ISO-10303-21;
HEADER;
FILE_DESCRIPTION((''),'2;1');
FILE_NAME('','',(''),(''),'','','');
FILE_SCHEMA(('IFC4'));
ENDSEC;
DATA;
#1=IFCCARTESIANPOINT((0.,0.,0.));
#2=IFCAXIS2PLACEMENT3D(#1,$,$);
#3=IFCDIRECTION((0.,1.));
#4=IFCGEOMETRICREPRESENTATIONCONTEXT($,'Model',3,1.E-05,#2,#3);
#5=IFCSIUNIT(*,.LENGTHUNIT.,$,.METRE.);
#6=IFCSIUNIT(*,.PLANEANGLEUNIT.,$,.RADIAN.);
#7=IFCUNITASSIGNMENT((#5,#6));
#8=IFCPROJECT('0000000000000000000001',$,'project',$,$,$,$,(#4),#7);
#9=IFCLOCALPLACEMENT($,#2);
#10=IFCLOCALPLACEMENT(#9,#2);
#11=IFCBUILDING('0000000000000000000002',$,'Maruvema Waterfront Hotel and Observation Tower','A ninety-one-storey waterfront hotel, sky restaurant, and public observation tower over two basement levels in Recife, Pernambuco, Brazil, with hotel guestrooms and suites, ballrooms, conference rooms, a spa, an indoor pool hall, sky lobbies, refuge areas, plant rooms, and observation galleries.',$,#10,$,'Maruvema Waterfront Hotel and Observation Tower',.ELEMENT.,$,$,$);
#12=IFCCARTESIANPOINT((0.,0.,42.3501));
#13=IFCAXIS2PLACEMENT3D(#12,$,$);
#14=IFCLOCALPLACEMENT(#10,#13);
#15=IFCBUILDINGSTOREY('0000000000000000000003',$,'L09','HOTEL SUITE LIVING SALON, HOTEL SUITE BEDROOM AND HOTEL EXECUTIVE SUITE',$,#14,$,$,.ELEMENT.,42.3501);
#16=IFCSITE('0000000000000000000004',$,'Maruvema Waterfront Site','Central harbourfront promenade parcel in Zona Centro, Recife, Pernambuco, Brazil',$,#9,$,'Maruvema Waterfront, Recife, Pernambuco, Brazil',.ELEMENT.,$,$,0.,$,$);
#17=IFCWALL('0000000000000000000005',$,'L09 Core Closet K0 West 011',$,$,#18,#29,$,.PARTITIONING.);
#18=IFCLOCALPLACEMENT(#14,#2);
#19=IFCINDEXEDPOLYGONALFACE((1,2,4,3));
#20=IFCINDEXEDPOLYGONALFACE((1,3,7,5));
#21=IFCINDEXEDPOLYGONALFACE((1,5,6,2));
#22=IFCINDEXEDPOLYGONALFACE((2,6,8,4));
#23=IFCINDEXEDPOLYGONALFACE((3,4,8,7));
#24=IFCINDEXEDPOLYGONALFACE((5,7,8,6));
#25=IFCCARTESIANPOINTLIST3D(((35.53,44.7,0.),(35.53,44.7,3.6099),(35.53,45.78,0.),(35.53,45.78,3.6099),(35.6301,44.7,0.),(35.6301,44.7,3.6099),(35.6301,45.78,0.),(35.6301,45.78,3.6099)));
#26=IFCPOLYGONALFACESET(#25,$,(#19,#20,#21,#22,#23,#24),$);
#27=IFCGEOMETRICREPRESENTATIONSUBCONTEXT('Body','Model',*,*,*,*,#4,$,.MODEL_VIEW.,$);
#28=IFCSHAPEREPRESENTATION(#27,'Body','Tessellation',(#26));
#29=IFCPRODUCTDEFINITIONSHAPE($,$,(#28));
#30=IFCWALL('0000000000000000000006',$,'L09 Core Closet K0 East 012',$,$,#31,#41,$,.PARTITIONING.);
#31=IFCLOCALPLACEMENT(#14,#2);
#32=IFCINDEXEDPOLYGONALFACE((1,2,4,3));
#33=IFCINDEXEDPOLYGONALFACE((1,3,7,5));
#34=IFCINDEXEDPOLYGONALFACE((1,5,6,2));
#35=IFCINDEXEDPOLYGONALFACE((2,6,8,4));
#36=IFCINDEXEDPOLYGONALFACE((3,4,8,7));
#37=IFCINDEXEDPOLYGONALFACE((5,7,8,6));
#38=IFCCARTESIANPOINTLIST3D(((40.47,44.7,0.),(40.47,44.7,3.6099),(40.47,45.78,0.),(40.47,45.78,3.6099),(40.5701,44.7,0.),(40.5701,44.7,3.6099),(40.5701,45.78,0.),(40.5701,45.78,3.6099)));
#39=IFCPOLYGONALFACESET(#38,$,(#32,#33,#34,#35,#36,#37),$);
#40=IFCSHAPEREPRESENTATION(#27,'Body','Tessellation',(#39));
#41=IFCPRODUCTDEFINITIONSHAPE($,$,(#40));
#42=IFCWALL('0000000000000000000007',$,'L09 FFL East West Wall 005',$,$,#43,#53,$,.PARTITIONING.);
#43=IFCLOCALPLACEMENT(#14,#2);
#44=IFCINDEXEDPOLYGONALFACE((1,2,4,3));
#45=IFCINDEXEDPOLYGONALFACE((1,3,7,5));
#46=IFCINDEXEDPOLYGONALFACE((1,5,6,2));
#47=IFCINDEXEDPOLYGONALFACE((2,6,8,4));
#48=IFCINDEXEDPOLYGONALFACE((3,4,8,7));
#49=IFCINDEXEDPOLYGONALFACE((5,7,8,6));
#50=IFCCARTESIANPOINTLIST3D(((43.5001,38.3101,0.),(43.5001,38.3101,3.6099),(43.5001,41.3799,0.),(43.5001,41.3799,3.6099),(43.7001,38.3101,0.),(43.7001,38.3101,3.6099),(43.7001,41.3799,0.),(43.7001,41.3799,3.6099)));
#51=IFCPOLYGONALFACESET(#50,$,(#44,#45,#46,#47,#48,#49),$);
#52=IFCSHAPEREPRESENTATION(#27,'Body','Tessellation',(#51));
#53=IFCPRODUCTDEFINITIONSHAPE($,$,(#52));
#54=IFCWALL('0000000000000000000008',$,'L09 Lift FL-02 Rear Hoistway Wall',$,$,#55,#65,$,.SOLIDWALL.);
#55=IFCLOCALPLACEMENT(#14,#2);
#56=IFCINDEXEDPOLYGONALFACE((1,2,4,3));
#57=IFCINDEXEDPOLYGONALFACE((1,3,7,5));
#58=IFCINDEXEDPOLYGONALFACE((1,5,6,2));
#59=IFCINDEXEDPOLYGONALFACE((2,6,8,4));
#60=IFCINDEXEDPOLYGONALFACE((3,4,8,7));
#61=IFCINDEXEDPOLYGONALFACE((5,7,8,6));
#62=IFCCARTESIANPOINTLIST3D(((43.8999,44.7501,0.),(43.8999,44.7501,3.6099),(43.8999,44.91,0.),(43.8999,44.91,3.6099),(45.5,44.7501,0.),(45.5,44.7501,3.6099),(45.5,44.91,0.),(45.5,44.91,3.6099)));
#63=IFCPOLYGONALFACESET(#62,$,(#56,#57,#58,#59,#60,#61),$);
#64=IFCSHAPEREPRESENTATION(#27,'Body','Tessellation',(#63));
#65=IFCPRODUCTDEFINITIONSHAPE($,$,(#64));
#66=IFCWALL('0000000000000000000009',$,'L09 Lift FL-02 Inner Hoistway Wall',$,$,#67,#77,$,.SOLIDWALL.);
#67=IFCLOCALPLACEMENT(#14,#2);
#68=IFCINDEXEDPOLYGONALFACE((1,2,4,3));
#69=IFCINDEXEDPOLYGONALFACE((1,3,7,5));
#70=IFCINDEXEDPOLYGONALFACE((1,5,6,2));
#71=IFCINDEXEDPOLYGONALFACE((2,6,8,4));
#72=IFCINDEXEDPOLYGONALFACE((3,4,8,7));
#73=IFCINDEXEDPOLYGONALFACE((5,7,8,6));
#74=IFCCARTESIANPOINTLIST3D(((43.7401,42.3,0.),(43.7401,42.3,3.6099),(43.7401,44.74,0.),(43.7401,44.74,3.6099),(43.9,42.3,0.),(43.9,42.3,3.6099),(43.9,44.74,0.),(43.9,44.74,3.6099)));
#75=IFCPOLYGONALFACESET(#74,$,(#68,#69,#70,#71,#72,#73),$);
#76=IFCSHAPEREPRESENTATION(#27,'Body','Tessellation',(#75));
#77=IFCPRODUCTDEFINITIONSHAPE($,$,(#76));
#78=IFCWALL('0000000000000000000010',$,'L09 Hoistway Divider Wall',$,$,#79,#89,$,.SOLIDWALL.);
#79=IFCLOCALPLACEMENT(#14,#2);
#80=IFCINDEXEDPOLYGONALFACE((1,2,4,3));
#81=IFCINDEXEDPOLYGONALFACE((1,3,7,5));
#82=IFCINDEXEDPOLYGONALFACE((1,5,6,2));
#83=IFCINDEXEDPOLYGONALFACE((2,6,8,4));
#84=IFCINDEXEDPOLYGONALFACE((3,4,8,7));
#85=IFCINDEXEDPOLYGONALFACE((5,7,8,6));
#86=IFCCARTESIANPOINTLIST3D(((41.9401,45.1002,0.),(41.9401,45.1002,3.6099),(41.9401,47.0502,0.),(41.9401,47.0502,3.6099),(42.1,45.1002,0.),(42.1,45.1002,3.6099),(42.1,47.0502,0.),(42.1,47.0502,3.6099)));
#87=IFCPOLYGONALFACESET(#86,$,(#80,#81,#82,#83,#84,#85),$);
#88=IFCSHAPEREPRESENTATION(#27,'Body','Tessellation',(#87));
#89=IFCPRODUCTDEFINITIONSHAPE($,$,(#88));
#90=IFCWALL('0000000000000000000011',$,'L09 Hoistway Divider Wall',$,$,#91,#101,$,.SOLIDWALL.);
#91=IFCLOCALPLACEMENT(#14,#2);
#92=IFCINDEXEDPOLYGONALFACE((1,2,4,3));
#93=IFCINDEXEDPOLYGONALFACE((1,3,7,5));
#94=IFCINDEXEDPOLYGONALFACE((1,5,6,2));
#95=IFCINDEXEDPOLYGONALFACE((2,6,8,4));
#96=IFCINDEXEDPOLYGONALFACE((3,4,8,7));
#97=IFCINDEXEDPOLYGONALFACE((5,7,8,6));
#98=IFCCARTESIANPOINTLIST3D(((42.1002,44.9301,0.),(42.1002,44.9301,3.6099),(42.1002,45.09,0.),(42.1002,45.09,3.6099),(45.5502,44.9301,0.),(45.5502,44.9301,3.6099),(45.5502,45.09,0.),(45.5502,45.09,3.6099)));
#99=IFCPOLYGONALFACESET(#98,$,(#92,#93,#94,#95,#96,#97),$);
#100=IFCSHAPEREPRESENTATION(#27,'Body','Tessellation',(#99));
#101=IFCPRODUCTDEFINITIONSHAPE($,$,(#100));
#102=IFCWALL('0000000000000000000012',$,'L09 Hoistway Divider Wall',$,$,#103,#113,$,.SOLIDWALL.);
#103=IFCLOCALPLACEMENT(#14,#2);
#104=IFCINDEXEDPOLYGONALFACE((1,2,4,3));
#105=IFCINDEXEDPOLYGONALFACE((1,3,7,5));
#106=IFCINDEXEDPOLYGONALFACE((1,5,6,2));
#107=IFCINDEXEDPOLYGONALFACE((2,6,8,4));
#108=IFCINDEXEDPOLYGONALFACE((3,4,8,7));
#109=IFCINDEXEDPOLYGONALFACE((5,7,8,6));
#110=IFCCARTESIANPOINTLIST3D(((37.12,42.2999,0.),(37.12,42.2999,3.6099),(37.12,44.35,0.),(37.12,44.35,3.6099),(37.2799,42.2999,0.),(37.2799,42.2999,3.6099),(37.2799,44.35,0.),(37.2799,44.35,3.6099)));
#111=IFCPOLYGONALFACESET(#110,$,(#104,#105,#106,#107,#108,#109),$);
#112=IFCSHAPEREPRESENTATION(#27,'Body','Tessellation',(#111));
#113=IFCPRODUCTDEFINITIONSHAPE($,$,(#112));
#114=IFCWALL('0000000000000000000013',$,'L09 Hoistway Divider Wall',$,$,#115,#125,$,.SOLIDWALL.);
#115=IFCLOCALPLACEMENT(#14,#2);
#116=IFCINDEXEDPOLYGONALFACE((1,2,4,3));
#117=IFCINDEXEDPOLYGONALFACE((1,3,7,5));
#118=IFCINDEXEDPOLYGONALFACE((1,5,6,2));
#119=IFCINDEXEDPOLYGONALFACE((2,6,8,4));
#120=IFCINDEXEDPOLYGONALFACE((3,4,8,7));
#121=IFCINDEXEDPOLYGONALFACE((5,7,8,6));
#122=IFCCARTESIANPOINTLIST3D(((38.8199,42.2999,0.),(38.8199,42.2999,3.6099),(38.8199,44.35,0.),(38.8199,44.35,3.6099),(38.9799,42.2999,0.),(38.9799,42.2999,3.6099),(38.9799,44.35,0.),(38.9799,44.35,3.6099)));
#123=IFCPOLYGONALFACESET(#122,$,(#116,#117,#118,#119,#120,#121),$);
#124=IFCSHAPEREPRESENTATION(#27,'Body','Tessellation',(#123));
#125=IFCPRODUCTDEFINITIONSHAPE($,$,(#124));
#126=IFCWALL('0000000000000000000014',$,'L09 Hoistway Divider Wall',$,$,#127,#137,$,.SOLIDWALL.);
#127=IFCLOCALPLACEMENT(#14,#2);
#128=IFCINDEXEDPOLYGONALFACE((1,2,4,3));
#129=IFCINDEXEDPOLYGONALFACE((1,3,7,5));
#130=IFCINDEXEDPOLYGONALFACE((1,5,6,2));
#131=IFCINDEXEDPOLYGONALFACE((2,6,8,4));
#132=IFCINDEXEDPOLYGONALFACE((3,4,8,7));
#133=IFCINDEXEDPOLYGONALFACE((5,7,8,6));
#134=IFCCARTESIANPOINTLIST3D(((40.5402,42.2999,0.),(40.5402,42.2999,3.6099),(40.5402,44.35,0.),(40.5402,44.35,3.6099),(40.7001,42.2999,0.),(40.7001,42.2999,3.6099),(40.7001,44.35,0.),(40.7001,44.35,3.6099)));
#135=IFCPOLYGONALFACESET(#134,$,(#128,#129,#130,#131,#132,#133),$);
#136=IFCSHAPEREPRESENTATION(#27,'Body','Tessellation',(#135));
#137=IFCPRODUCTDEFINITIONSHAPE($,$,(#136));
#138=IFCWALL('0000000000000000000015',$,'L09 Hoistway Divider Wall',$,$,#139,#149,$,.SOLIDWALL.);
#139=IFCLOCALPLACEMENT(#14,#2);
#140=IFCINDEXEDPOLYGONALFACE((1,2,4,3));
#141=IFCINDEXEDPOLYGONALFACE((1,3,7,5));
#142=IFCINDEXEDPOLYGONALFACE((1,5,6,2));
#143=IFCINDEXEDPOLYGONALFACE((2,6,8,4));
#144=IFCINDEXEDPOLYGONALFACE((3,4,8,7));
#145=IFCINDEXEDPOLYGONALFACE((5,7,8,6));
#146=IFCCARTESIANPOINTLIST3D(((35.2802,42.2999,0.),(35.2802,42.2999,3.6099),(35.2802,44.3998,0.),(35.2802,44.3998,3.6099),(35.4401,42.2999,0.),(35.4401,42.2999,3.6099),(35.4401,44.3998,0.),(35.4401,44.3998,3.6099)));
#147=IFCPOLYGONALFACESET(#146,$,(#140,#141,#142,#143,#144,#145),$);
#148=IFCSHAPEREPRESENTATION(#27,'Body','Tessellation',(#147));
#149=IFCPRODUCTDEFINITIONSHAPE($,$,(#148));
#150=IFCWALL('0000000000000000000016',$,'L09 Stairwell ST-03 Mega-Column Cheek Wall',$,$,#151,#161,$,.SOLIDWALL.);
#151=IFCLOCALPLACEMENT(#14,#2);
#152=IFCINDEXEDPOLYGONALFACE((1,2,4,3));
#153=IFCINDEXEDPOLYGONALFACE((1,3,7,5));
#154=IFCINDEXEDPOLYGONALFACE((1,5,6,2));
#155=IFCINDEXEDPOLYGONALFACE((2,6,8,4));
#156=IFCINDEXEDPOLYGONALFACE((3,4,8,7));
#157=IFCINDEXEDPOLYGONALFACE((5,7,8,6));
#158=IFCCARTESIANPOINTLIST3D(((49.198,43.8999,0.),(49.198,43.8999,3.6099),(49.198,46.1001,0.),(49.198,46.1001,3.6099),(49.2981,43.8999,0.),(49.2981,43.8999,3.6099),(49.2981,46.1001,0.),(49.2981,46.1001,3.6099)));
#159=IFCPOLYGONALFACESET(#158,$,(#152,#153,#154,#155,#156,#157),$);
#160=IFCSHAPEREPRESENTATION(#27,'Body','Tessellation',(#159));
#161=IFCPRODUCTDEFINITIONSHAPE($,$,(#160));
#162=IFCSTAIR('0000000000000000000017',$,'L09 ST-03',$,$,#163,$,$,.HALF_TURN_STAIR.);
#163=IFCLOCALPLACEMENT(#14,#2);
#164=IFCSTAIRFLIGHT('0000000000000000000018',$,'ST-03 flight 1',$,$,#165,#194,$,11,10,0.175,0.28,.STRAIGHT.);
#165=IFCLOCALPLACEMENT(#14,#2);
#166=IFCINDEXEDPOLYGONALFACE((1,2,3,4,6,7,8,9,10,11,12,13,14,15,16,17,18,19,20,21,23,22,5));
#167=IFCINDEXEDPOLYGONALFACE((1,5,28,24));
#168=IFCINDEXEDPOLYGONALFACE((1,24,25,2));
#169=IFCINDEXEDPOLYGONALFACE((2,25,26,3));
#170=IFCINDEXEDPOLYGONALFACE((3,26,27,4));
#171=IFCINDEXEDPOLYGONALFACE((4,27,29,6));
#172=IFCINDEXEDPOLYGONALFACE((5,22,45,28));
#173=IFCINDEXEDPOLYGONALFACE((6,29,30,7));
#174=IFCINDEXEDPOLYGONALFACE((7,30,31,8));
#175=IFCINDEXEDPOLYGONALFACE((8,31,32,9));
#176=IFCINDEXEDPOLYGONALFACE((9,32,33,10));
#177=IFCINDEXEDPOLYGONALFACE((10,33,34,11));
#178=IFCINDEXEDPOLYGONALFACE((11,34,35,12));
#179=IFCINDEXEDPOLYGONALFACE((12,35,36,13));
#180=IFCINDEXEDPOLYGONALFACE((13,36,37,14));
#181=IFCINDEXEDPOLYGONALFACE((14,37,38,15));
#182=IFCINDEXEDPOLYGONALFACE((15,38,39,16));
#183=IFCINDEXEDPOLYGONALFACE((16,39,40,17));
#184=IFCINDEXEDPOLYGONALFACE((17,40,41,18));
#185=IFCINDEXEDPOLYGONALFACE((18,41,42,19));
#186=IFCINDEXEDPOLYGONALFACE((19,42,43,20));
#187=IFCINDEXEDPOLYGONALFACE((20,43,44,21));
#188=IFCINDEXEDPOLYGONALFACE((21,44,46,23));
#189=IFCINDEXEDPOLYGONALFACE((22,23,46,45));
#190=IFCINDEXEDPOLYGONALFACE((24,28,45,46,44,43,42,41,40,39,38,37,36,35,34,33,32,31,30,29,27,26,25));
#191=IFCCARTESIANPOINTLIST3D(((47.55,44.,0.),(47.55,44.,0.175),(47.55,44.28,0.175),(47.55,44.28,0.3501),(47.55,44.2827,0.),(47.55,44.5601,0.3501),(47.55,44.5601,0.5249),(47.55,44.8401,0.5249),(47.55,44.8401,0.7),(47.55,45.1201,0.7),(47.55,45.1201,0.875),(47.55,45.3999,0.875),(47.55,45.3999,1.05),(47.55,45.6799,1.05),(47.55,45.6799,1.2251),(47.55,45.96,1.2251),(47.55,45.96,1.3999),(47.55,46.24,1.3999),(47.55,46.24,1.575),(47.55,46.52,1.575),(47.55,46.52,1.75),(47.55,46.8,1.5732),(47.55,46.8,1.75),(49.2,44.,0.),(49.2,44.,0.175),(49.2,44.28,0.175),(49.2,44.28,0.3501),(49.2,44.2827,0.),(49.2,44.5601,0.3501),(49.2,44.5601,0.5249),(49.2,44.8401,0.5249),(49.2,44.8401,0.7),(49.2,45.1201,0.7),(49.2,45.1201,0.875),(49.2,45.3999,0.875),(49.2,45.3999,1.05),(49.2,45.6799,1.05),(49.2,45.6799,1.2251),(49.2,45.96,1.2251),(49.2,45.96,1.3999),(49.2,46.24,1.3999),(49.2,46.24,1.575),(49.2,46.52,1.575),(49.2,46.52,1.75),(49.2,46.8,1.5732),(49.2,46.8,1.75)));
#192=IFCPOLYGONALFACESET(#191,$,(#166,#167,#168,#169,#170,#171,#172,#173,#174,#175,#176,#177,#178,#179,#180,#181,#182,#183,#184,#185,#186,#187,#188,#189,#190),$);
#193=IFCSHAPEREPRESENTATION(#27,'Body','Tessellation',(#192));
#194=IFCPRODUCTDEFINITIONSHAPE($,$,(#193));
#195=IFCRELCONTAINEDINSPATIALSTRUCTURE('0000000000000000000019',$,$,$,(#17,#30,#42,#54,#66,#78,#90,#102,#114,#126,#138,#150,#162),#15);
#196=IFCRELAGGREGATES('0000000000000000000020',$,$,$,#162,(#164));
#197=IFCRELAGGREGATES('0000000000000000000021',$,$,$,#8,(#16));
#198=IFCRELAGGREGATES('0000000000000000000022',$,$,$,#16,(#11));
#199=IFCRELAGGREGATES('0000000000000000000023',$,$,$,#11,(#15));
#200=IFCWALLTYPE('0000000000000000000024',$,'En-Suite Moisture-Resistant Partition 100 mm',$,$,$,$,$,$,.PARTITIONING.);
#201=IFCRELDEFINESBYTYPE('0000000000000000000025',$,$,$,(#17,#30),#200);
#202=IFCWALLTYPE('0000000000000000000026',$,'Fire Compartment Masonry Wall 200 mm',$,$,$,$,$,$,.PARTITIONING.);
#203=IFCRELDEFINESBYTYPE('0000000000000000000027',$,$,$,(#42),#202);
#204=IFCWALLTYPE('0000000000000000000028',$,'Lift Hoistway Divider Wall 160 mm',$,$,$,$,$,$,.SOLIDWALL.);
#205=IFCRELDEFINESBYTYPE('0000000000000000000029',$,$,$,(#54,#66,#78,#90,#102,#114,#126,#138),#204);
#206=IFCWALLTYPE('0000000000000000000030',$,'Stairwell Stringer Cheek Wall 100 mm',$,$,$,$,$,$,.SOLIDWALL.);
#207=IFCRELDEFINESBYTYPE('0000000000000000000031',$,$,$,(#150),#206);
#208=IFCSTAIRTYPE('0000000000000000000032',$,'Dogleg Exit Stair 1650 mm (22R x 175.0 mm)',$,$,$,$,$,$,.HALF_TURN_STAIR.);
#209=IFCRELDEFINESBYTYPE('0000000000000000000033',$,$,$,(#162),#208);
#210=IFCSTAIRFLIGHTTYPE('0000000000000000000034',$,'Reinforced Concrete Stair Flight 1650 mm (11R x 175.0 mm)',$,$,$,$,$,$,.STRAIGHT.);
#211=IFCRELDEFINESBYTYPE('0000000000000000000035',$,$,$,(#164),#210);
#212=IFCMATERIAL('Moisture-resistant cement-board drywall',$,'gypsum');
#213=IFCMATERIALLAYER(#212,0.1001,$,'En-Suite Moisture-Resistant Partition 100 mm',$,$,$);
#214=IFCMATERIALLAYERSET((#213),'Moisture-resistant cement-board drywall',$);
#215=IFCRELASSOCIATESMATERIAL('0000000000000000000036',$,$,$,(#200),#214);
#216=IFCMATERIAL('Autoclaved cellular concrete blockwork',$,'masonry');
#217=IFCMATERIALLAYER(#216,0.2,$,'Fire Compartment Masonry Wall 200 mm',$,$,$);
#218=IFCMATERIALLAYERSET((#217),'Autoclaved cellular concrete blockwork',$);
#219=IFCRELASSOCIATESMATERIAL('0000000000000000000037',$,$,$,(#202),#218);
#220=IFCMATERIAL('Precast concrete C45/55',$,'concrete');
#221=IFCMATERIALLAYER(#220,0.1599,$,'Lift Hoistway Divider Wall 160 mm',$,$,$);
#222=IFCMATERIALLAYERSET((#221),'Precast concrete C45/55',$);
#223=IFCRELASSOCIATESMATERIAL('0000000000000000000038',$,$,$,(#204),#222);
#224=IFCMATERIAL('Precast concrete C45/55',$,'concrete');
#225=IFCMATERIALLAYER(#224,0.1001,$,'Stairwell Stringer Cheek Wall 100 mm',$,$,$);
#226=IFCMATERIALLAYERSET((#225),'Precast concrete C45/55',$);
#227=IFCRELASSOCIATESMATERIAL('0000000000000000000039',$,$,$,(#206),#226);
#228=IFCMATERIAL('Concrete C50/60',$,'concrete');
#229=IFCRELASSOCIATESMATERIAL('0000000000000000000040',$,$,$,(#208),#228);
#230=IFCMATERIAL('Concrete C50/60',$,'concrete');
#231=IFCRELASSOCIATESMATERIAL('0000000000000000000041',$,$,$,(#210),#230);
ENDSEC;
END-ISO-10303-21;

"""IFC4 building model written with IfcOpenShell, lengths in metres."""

from ifc_helpers import new_model, si_unit, direction, frame, frame_2d, origin, place, context, subcontext, project, spatial, polyline, rectangle, outline, extrude, material, layer, layer_set, type_object, element, aggregate, save


model = new_model("IFC4")

# Units and contexts
model_context = context("Model", 3, precision=1e-05, world=origin(), true_north=direction((0.0, 1.0)))
body_context = subcontext(model_context, "Body", "Model", "MODEL_VIEW")
ifc_project = project(units=[si_unit("LENGTHUNIT", "METRE"), si_unit("PLANEANGLEUNIT", "RADIAN")], contexts=[model_context])

# Site, building, storey
site_placement = place(None, origin())
site = spatial("IfcSite", under=ifc_project, at=site_placement, Name="Maruvema Waterfront Site", Description="Central harbourfront promenade parcel in Zona Centro, Recife, Pernambuco, Brazil", LongName="Maruvema Waterfront, Recife, Pernambuco, Brazil", CompositionType="ELEMENT", RefElevation=0.0)
building_placement = place(site_placement, origin())
building = spatial("IfcBuilding", under=site, at=building_placement, Name="Maruvema Waterfront Hotel and Observation Tower", Description="A ninety-one-storey waterfront hotel, sky restaurant, and public observation tower over two basement levels in Recife, Pernambuco, Brazil, with hotel guestrooms and suites, ballrooms, conference rooms, a spa, an indoor pool hall, sky lobbies, refuge areas, plant rooms, and observation galleries.", LongName="Maruvema Waterfront Hotel and Observation Tower", CompositionType="ELEMENT")
storey_placement = place(building_placement, frame((0.0, 0.0, 42.3501)))
storey = spatial("IfcBuildingStorey", under=building, at=storey_placement, Name="L09", Description="HOTEL SUITE LIVING SALON, HOTEL SUITE BEDROOM AND HOTEL EXECUTIVE SUITE", CompositionType="ELEMENT", Elevation=42.3501)

# Walls
ifc_material_1 = material(Name="Moisture-resistant cement-board drywall", Category="gypsum")
ifc_layer_1 = layer(ifc_material_1, 0.1001, Name="En-Suite Moisture-Resistant Partition 100 mm")
ifc_layer_set_1 = layer_set([ifc_layer_1], Name="Moisture-resistant cement-board drywall")
wall_type_1 = type_object("IfcWallType", Name="En-Suite Moisture-Resistant Partition 100 mm", PredefinedType="PARTITIONING", material=ifc_layer_set_1)
for number, where, z_axis, x_axis, name in (
    (1, (35.5801, 44.7, 0.0), (0.0, 0.0, 1.0), (0.0, 1.0, 0.0), "L09 Core Closet K0 West 011"),
    (2, (40.52, 44.7, 0.0), (0.0, 0.0, 1.0), (0.0, 1.0, 0.0), "L09 Core Closet K0 East 012"),
):
    element("IfcWall", number, at=place(storey_placement, frame(where, z_axis=z_axis, x_axis=x_axis)), inside=storey, type_object=wall_type_1, Name=name, PredefinedType="PARTITIONING", context=body_context, shape_type="SweptSolid", body=[
        extrude(rectangle(XDim=1.0801, YDim=0.1001, at=frame_2d((0.54, 0.0))), origin(), (0.0, 0.0, 1.0), 3.6099),
    ])

# Shared definitions
ifc_material_2 = material(Name="Autoclaved cellular concrete blockwork", Category="masonry")
ifc_layer_2 = layer(ifc_material_2, 0.2, Name="Fire Compartment Masonry Wall 200 mm")
ifc_layer_set_2 = layer_set([ifc_layer_2], Name="Autoclaved cellular concrete blockwork")
wall_type_2 = type_object("IfcWallType", Name="Fire Compartment Masonry Wall 200 mm", PredefinedType="PARTITIONING", material=ifc_layer_set_2)

# Walls
wall_1_placement = place(storey_placement, frame((43.6001, 38.3101, 0.0), z_axis=(0.0, 0.0, 1.0), x_axis=(0.0, 1.0, 0.0)))
element("IfcWall", 3, at=wall_1_placement, inside=storey, type_object=wall_type_2, Name="L09 FFL East West Wall 005", PredefinedType="PARTITIONING", context=body_context, shape_type="SweptSolid", body=[
    extrude(rectangle(XDim=3.0698, YDim=0.2, at=frame_2d((1.5349, 0.0))), origin(), (0.0, 0.0, 1.0), 3.6099),
])
ifc_material_3 = material(Name="Precast concrete C45/55", Category="concrete")
ifc_layer_3 = layer(ifc_material_3, 0.1599, Name="Lift Hoistway Divider Wall 160 mm")
ifc_layer_set_3 = layer_set([ifc_layer_3], Name="Precast concrete C45/55")
wall_type_3 = type_object("IfcWallType", Name="Lift Hoistway Divider Wall 160 mm", PredefinedType="SOLIDWALL", material=ifc_layer_set_3)
wall_2_placement = place(storey_placement, frame((43.8999, 44.8301, 0.0), z_axis=(0.0, 0.0, 1.0), x_axis=(1.0, 0.0, 0.0)))
element("IfcWall", 4, at=wall_2_placement, inside=storey, type_object=wall_type_3, Name="L09 Lift FL-02 Rear Hoistway Wall", PredefinedType="SOLIDWALL", context=body_context, shape_type="SweptSolid", body=[
    extrude(rectangle(XDim=1.6001, YDim=0.1599, at=frame_2d((0.8, 0.0))), origin(), (0.0, 0.0, 1.0), 3.6099),
])
wall_3_placement = place(storey_placement, frame((43.8201, 42.3, 0.0), z_axis=(0.0, 0.0, 1.0), x_axis=(0.0, 1.0, 0.0)))
element("IfcWall", 5, at=wall_3_placement, inside=storey, type_object=wall_type_3, Name="L09 Lift FL-02 Inner Hoistway Wall", PredefinedType="SOLIDWALL", context=body_context, shape_type="SweptSolid", body=[
    extrude(rectangle(XDim=2.4399, YDim=0.1599, at=frame_2d((1.22, 0.0))), origin(), (0.0, 0.0, 1.0), 3.6099),
])
wall_4_placement = place(storey_placement, frame((42.02, 45.1001, 0.0), z_axis=(0.0, 0.0, 1.0), x_axis=(0.0, 1.0, 0.0)))
element("IfcWall", 6, at=wall_4_placement, inside=storey, type_object=wall_type_3, Name="L09 Hoistway Divider Wall", PredefinedType="SOLIDWALL", context=body_context, shape_type="SweptSolid", body=[
    extrude(rectangle(XDim=1.95, YDim=0.1599, at=frame_2d((0.9751, 0.0))), origin(), (0.0, 0.0, 1.0), 3.6099),
])
wall_5_placement = place(storey_placement, frame((42.1001, 45.01, 0.0), z_axis=(0.0, 0.0, 1.0), x_axis=(1.0, 0.0, 0.0)))
element("IfcWall", 7, at=wall_5_placement, inside=storey, type_object=wall_type_3, Name="L09 Hoistway Divider Wall", PredefinedType="SOLIDWALL", context=body_context, shape_type="SweptSolid", body=[
    extrude(rectangle(XDim=3.45, YDim=0.1599, at=frame_2d((1.7251, 0.0))), origin(), (0.0, 0.0, 1.0), 3.6099),
])
for number, where, z_axis, x_axis, name in (
    (8, (37.2, 42.3, 0.0), (0.0, 0.0, 1.0), (0.0, 1.0, 0.0), "L09 Hoistway Divider Wall"),
    (9, (38.8999, 42.3, 0.0), (0.0, 0.0, 1.0), (0.0, 1.0, 0.0), "L09 Hoistway Divider Wall"),
    (10, (40.6201, 42.3, 0.0), (0.0, 0.0, 1.0), (0.0, 1.0, 0.0), "L09 Hoistway Divider Wall"),
):
    element("IfcWall", number, at=place(storey_placement, frame(where, z_axis=z_axis, x_axis=x_axis)), inside=storey, type_object=wall_type_3, Name=name, PredefinedType="SOLIDWALL", context=body_context, shape_type="SweptSolid", body=[
        extrude(rectangle(XDim=2.05, YDim=0.1599, at=frame_2d((1.0249, 0.0))), origin(), (0.0, 0.0, 1.0), 3.6099),
    ])
wall_6_placement = place(storey_placement, frame((35.3601, 42.3, 0.0), z_axis=(0.0, 0.0, 1.0), x_axis=(0.0, 1.0, 0.0)))
element("IfcWall", 11, at=wall_6_placement, inside=storey, type_object=wall_type_3, Name="L09 Hoistway Divider Wall", PredefinedType="SOLIDWALL", context=body_context, shape_type="SweptSolid", body=[
    extrude(rectangle(XDim=2.0999, YDim=0.1599, at=frame_2d((1.0498, 0.0))), origin(), (0.0, 0.0, 1.0), 3.6099),
])
ifc_material_4 = material(Name="Precast concrete C45/55", Category="concrete")
ifc_layer_4 = layer(ifc_material_4, 0.1001, Name="Stairwell Stringer Cheek Wall 100 mm")
ifc_layer_set_4 = layer_set([ifc_layer_4], Name="Precast concrete C45/55")
wall_type_4 = type_object("IfcWallType", Name="Stairwell Stringer Cheek Wall 100 mm", PredefinedType="SOLIDWALL", material=ifc_layer_set_4)
wall_7_placement = place(storey_placement, frame((49.248, 43.8999, 0.0), z_axis=(0.0, 0.0, 1.0), x_axis=(0.0, 1.0, 0.0)))
element("IfcWall", 12, at=wall_7_placement, inside=storey, type_object=wall_type_4, Name="L09 Stairwell ST-03 Mega-Column Cheek Wall", PredefinedType="SOLIDWALL", context=body_context, shape_type="SweptSolid", body=[
    extrude(rectangle(XDim=2.2002, YDim=0.1001, at=frame_2d((1.1001, 0.0))), origin(), (0.0, 0.0, 1.0), 3.6099),
])

# Stair, stair flight
ifc_material_5 = material(Name="Concrete C50/60", Category="concrete")
stair_type = type_object("IfcStairType", Name="Dogleg Exit Stair 1650 mm (22R x 175.0 mm)", PredefinedType="HALF_TURN_STAIR", material=ifc_material_5)
stair_placement = place(storey_placement, origin())
stair = element("IfcStair", 13, at=stair_placement, inside=storey, type_object=stair_type, Name="L09 ST-03", PredefinedType="HALF_TURN_STAIR")
ifc_material_6 = material(Name="Concrete C50/60", Category="concrete")
stair_flight_type = type_object("IfcStairFlightType", Name="Reinforced Concrete Stair Flight 1650 mm (11R x 175.0 mm)", PredefinedType="STRAIGHT", material=ifc_material_6)
stair_flight_placement = place(storey_placement, frame((48.375, 44.0, 0.0), z_axis=(0.0, 0.0, 1.0), x_axis=(0.0, 1.0, 0.0)))
stair_flight = element("IfcStairFlight", 14, at=stair_flight_placement, type_object=stair_flight_type, Name="ST-03 flight 1", NumberOfRisers=11, NumberOfTreads=10, PredefinedType="STRAIGHT", RiserHeight=0.175, TreadLength=0.28, context=body_context, shape_type="SweptSolid", body=[
    extrude(outline(polyline([(0.0, 0.0), (0.0, 0.175), (0.28, 0.175), (0.28, 0.3501), (0.5601, 0.3501), (0.5601, 0.5249), (0.8401, 0.5249), (0.8401, 0.7), (1.1201, 0.7), (1.1201, 0.875), (1.3999, 0.875), (1.3999, 1.05), (1.6799, 1.05), (1.6799, 1.2251), (1.96, 1.2251), (1.96, 1.3999), (2.24, 1.3999), (2.24, 1.575), (2.52, 1.575), (2.52, 1.75), (2.8, 1.75), (2.8, 1.925), (2.8, 1.5732), (0.2827, 0.0), (0.0, 0.0)])), frame((0.0, 0.825, 0.0), z_axis=(0.0, -1.0, 0.0), x_axis=(1.0, 0.0, 0.0)), (0.0, 0.0, 1.0), 1.6499),
])
aggregate(stair, [stair_flight])

save(model, "model.ifc")
